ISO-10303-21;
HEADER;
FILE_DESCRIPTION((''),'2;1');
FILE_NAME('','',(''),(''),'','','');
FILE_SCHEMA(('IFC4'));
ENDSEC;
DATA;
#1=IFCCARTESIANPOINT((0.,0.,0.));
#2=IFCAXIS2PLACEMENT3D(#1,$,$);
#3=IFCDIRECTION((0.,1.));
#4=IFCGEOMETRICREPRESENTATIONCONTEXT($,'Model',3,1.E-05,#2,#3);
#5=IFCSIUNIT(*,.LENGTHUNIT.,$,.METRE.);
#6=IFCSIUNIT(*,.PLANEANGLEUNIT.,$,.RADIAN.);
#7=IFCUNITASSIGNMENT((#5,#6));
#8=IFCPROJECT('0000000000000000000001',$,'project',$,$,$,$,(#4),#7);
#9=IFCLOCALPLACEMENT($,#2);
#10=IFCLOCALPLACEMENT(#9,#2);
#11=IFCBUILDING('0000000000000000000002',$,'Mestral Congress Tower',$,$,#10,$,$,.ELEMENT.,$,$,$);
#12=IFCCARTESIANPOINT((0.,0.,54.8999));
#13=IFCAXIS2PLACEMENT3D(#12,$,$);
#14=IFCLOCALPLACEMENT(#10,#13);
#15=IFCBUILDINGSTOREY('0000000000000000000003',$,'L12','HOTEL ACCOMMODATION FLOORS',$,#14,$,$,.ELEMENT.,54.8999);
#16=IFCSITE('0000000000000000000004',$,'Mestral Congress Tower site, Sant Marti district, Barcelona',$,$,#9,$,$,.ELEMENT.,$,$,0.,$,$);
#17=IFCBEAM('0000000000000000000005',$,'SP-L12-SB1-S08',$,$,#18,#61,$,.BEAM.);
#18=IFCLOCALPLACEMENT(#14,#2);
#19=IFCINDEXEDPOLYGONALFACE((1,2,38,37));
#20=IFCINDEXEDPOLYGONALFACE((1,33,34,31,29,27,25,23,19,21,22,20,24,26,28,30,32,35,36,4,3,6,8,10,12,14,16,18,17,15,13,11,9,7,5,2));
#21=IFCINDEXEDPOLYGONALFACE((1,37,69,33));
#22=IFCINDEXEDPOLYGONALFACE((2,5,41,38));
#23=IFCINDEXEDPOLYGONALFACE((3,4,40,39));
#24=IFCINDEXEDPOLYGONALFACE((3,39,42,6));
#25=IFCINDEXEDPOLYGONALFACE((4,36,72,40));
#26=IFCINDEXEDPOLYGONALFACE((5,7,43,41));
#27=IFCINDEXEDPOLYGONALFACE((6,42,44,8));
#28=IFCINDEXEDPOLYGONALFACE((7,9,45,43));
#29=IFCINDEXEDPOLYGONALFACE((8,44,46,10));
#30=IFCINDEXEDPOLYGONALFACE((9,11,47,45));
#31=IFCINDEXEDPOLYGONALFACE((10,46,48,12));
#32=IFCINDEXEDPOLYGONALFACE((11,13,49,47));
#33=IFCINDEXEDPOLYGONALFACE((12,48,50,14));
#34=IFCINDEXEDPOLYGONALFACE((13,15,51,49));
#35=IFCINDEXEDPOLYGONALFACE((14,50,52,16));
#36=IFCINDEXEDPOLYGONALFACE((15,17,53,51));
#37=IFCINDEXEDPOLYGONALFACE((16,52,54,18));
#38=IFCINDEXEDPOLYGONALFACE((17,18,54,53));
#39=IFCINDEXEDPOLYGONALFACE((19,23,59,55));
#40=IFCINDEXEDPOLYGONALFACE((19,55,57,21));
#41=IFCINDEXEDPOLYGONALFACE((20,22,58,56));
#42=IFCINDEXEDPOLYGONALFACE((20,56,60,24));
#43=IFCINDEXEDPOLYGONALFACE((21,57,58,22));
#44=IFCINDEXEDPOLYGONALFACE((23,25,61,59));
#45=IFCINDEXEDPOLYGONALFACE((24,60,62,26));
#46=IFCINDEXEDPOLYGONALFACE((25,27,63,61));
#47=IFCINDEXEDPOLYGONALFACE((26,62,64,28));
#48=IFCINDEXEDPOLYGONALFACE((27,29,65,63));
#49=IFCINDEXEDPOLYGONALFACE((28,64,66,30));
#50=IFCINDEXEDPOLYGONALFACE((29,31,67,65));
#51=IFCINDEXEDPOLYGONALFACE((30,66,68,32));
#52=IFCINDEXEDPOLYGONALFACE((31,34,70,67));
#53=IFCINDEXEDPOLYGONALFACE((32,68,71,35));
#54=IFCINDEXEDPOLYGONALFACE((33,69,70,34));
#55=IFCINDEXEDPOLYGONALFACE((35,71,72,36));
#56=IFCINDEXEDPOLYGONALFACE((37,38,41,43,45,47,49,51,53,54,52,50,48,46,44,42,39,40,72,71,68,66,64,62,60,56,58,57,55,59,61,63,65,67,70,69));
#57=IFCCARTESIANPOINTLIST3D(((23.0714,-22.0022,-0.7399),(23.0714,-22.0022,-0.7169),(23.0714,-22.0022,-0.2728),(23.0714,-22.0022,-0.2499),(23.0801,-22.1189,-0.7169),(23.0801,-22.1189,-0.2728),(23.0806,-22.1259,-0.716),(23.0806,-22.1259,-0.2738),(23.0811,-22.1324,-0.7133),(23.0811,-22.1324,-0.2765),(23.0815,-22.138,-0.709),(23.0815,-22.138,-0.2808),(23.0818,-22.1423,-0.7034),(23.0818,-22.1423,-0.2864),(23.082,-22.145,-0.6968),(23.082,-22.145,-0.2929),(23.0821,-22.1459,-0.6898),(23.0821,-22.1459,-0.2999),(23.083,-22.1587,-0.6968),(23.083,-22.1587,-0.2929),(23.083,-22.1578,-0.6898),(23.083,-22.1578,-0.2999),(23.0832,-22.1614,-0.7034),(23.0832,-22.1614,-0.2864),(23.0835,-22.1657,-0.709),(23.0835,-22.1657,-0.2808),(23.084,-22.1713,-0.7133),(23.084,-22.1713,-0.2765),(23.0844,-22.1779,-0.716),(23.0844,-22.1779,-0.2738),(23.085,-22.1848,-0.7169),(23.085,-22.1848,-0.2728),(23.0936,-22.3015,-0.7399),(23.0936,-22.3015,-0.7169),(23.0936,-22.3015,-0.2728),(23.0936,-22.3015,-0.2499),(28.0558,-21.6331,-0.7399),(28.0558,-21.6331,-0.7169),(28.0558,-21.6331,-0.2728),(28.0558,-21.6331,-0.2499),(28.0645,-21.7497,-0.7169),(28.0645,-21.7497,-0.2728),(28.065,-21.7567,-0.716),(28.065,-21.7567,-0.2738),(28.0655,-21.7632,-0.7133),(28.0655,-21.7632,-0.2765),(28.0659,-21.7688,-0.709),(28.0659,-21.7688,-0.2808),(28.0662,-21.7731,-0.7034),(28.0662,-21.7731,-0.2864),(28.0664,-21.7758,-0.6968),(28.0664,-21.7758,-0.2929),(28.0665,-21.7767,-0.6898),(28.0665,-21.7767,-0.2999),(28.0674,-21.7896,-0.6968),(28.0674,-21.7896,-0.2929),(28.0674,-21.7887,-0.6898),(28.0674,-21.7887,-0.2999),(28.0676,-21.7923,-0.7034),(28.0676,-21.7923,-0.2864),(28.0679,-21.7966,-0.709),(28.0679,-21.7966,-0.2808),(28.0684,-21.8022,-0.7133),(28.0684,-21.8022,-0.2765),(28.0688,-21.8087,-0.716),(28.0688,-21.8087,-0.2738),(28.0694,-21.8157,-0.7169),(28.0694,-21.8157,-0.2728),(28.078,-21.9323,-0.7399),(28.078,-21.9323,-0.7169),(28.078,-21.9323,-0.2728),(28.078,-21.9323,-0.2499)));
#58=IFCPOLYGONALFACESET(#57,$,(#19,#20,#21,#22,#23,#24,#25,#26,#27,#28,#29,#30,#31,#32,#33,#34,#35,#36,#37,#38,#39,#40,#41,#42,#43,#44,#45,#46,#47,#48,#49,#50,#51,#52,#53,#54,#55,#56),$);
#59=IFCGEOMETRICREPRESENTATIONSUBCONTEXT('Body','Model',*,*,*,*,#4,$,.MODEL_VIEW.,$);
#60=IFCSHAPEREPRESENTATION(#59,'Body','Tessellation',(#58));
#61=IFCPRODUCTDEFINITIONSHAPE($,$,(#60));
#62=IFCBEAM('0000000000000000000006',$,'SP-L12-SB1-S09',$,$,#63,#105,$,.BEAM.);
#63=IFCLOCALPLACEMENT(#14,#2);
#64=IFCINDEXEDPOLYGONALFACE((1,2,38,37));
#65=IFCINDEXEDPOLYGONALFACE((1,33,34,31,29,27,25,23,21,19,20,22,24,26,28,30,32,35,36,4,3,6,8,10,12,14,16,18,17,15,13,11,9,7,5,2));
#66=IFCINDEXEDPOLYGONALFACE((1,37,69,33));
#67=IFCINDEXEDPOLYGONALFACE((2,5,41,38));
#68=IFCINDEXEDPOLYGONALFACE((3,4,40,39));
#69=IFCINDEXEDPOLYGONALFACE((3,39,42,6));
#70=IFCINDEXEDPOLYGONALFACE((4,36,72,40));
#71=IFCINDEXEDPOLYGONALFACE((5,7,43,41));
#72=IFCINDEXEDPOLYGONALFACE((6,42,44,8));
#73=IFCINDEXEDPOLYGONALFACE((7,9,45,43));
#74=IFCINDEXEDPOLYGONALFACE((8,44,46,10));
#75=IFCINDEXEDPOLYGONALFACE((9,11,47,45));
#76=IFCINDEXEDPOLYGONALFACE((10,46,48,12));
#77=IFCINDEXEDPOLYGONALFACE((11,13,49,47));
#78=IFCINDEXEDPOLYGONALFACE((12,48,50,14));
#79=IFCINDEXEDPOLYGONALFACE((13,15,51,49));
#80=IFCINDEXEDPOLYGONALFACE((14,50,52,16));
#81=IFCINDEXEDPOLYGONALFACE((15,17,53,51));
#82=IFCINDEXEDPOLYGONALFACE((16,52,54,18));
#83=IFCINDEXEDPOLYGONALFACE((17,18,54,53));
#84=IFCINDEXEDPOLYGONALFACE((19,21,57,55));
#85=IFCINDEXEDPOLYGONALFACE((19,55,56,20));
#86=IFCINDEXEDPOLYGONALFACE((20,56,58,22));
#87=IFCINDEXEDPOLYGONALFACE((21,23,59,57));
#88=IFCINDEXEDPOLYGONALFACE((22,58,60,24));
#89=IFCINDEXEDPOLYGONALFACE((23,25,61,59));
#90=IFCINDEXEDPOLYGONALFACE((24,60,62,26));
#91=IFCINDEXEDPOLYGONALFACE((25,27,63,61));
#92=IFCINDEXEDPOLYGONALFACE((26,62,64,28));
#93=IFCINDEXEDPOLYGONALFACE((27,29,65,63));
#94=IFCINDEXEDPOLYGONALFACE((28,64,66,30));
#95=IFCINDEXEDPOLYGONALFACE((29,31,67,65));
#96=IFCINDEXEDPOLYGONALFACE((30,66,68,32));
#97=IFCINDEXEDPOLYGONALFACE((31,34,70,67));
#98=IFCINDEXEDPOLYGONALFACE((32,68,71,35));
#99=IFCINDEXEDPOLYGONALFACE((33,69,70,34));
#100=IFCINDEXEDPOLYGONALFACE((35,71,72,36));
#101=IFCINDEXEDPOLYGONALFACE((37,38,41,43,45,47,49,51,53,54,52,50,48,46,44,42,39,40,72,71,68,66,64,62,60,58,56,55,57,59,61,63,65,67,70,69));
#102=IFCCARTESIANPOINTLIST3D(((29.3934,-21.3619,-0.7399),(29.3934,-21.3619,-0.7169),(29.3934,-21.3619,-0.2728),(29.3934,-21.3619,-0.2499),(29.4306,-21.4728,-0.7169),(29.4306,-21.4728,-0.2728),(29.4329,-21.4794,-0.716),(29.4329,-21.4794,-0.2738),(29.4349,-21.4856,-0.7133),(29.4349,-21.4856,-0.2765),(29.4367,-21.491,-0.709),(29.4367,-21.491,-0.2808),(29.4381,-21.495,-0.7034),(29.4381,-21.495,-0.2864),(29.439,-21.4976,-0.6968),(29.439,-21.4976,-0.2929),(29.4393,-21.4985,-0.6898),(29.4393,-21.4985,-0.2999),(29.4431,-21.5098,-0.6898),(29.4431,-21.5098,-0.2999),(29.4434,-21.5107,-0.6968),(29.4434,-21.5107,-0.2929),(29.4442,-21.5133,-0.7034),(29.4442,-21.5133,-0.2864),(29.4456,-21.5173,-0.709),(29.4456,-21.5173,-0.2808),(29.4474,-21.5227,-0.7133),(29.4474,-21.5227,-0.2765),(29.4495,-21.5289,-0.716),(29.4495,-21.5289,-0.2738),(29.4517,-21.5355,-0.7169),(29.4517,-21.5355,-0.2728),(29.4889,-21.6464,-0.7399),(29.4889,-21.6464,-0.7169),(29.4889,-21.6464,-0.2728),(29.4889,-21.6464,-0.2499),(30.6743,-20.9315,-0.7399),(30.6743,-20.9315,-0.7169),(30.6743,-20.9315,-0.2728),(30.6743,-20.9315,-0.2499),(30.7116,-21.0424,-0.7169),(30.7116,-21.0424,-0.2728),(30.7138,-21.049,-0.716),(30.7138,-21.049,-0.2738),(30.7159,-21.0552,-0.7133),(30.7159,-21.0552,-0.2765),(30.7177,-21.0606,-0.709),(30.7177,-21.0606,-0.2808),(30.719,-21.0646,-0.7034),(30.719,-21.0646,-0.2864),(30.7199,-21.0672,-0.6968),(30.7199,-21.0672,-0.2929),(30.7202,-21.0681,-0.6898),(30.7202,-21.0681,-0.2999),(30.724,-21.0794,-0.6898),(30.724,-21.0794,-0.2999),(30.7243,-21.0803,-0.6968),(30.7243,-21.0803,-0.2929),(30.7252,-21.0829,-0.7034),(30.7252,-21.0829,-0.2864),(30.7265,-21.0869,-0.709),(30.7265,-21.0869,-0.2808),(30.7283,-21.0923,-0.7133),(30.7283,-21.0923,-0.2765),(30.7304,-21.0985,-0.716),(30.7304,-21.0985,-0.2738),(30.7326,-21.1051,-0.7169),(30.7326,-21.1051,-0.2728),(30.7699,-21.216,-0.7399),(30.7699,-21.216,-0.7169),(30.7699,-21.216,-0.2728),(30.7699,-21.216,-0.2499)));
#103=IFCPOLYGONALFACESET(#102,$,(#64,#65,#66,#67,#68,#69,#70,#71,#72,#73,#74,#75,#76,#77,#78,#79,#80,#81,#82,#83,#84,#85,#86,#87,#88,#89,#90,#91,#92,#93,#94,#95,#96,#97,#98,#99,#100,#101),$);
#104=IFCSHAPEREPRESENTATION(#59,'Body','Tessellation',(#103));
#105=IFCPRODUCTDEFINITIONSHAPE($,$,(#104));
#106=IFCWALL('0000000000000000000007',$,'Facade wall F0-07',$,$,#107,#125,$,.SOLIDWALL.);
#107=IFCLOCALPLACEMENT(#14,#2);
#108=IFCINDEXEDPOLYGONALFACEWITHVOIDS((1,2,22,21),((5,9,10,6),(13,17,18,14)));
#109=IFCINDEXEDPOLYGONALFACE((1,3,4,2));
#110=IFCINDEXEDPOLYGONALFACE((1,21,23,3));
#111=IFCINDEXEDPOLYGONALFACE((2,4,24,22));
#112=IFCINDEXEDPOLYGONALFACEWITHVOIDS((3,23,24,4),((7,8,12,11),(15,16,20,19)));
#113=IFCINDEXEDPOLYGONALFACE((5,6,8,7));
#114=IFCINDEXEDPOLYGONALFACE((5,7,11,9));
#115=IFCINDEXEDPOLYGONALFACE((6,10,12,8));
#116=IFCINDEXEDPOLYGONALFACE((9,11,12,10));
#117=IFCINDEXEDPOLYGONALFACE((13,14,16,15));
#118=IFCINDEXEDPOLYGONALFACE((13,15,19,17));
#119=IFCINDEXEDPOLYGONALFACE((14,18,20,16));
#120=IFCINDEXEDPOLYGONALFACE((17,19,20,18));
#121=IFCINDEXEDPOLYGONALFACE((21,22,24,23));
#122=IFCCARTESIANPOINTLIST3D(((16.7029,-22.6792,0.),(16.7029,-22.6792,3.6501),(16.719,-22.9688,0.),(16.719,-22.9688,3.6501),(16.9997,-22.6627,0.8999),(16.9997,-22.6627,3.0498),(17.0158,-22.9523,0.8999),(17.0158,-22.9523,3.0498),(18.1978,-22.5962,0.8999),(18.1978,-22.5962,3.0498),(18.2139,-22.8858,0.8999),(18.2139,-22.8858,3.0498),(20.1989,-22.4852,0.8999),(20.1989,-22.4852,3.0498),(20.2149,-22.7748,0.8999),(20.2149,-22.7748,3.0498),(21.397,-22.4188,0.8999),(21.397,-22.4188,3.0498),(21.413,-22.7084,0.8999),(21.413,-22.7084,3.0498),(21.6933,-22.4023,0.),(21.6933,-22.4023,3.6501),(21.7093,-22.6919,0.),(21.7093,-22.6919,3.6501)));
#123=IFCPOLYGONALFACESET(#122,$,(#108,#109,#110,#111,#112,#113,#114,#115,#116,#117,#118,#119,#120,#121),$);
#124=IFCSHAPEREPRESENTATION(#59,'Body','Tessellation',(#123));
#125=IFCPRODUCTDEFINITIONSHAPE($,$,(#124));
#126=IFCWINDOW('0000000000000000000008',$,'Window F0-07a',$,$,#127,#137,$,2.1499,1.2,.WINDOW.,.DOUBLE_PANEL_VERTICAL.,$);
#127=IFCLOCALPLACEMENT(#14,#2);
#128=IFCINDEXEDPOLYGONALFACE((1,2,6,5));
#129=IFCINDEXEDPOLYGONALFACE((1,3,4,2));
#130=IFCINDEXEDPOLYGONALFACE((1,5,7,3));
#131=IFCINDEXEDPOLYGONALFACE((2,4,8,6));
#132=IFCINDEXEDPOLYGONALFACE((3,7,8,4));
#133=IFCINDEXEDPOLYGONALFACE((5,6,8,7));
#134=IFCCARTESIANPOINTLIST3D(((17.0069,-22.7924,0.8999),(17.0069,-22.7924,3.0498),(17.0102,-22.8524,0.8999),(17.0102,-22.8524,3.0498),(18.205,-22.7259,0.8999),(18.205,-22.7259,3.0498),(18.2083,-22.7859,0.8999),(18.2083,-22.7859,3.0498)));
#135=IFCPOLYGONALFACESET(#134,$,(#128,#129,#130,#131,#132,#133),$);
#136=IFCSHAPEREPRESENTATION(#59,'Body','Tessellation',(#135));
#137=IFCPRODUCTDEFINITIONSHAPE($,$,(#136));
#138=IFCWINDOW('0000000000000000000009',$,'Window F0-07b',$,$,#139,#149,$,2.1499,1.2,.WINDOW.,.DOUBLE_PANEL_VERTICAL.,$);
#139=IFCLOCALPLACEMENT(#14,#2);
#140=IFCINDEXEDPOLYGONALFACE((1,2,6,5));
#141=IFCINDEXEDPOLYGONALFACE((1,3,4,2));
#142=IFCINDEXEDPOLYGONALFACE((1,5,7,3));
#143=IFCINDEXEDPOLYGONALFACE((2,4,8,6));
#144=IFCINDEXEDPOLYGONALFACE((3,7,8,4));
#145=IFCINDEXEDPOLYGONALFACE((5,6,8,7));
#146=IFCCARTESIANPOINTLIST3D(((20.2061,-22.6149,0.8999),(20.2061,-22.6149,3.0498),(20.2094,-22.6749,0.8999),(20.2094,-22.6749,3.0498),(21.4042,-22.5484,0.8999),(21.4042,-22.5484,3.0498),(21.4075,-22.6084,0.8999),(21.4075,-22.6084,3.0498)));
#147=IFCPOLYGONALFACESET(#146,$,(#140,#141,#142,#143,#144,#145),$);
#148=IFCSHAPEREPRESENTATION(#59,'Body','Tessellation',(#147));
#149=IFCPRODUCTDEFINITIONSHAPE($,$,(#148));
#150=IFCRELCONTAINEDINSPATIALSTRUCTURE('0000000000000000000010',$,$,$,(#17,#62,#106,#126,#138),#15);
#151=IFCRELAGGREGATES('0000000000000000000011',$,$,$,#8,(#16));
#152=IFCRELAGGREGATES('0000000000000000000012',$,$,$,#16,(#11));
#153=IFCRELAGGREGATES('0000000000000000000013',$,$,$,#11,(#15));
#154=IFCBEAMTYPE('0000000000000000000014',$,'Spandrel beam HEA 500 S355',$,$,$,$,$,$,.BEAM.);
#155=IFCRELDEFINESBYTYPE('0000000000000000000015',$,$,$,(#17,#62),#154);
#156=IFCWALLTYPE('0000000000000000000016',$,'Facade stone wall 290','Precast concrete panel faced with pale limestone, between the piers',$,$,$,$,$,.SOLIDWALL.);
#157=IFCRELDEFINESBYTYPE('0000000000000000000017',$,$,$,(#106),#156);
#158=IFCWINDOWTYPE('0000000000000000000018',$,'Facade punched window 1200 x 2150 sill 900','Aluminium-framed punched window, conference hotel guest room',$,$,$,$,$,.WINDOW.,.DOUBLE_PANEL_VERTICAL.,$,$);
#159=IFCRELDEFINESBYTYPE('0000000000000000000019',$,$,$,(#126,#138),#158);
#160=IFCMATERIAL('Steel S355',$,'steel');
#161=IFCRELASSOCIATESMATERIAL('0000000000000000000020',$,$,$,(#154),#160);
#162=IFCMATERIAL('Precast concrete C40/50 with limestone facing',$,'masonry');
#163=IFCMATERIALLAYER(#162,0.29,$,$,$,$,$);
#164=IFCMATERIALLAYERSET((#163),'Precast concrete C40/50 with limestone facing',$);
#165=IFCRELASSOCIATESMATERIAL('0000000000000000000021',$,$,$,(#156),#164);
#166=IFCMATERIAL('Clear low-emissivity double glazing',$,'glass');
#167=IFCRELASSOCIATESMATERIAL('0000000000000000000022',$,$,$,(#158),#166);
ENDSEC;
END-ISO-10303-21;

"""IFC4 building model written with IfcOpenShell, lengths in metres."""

from ifc_helpers import new_model, si_unit, direction, frame, frame_2d, origin, origin_2d, place, context, subcontext, project, spatial, rectangle, i_section, extrude, material, layer, layer_set, material_profile, profile_set, type_object, element, fill, save


model = new_model("IFC4")

# Units and contexts
model_context = context("Model", 3, precision=1e-05, world=origin(), true_north=direction((0.0, 1.0)))
body_context = subcontext(model_context, "Body", "Model", "MODEL_VIEW")
ifc_project = project(units=[si_unit("LENGTHUNIT", "METRE"), si_unit("PLANEANGLEUNIT", "RADIAN")], contexts=[model_context])

# Site, building, storey
site_placement = place(None, origin())
site = spatial("IfcSite", under=ifc_project, at=site_placement, Name="Mestral Congress Tower site, Sant Marti district, Barcelona", CompositionType="ELEMENT", RefElevation=0.0)
building_placement = place(site_placement, origin())
building = spatial("IfcBuilding", under=site, at=building_placement, Name="Mestral Congress Tower", CompositionType="ELEMENT")
storey_placement = place(building_placement, frame((0.0, 0.0, 54.8999)))
storey = spatial("IfcBuildingStorey", under=building, at=storey_placement, Name="L12", Description="HOTEL ACCOMMODATION FLOORS", CompositionType="ELEMENT", Elevation=54.8999)

# Beams
ifc_material_1 = material(Name="Steel S355", Category="steel")
ifc_material_profile_1 = material_profile(ifc_material_1, i_section(OverallWidth=0.3, OverallDepth=0.49, WebThickness=0.012, FlangeThickness=0.0229, FilletRadius=0.0271, at=origin_2d()), Name="HEA 500")
ifc_profile_set_1 = profile_set([ifc_material_profile_1], Name="Steel S355")
beam_type_1 = type_object("IfcBeamType", Name="Spandrel beam HEA 500 S355", PredefinedType="BEAM", material=ifc_profile_set_1)
beam_1_placement = place(storey_placement, frame((23.0825, -22.1519, -0.4949), z_axis=(0.997269, 0.073857, 0.0), x_axis=(-0.073857, 0.997269, 0.0)))
element("IfcBeam", 1, at=beam_1_placement, inside=storey, type_object=beam_type_1, Name="SP-L12-SB1-S08", PredefinedType="BEAM", context=body_context, shape_type="SweptSolid", body=[
    extrude(i_section(OverallWidth=0.3, OverallDepth=0.49, WebThickness=0.012, FlangeThickness=0.0229, FilletRadius=0.0271, at=origin_2d()), origin(), (0.0, 0.0, 1.0), 4.998),
])
beam_2_placement = place(storey_placement, frame((29.4412, -21.5042, -0.4949), z_axis=(0.947922, 0.318503, 0.0), x_axis=(-0.318503, 0.947922, 0.0)))
element("IfcBeam", 2, at=beam_2_placement, inside=storey, type_object=beam_type_1, Name="SP-L12-SB1-S09", PredefinedType="BEAM", context=body_context, shape_type="SweptSolid", body=[
    extrude(i_section(OverallWidth=0.3, OverallDepth=0.49, WebThickness=0.012, FlangeThickness=0.0229, FilletRadius=0.0271, at=origin_2d()), origin(), (0.0, 0.0, 1.0), 1.3513),
])

# Wall, openings, windows
ifc_material_2 = material(Name="Precast concrete C40/50 with limestone facing", Category="masonry")
ifc_layer_1 = layer(ifc_material_2, 0.29)
ifc_layer_set_1 = layer_set([ifc_layer_1], Name="Precast concrete C40/50 with limestone facing")
wall_type_1 = type_object("IfcWallType", Name="Facade stone wall 290", Description="Precast concrete panel faced with pale limestone, between the piers", PredefinedType="SOLIDWALL", material=ifc_layer_set_1)
wall_1_placement = place(storey_placement, frame((16.7109, -22.824, 0.0), z_axis=(0.0, 0.0, 1.0), x_axis=(0.998465, 0.055392, 0.0)))
wall_1 = element("IfcWall", 3, at=wall_1_placement, inside=storey, type_object=wall_type_1, Name="Facade wall F0-07", PredefinedType="SOLIDWALL", context=body_context, shape_type="SweptSolid", body=[
    extrude(rectangle(XDim=4.998, YDim=0.29, at=frame_2d((2.499, 0.0))), origin(), (0.0, 0.0, 1.0), 3.6501),
])
opening_1_placement = place(wall_1_placement, frame((0.2971, 0.0, 0.8999)))
opening_1 = element("IfcOpeningElement", 4, at=opening_1_placement, cuts=wall_1, PredefinedType="OPENING", context=body_context, shape_type="SweptSolid", body=[
    extrude(rectangle(XDim=1.2, YDim=2.1499, at=frame_2d((0.6001, 1.075))), frame((0.0, 0.155, 0.0), z_axis=(0.0, -1.0, 0.0), x_axis=(1.0, 0.0, 0.0)), (0.0, 0.0, 1.0), 0.3101),
])
opening_2_placement = place(wall_1_placement, frame((3.5012, 0.0, 0.8999)))
opening_2 = element("IfcOpeningElement", 5, at=opening_2_placement, cuts=wall_1, PredefinedType="OPENING", context=body_context, shape_type="SweptSolid", body=[
    extrude(rectangle(XDim=1.2, YDim=2.1499, at=frame_2d((0.6001, 1.075))), frame((0.0, 0.155, 0.0), z_axis=(0.0, -1.0, 0.0), x_axis=(1.0, 0.0, 0.0)), (0.0, 0.0, 1.0), 0.3101),
])
ifc_material_3 = material(Name="Clear low-emissivity double glazing", Category="glass")
window_type_1 = type_object("IfcWindowType", Name="Facade punched window 1200 x 2150 sill 900", Description="Aluminium-framed punched window, conference hotel guest room", PartitioningType="DOUBLE_PANEL_VERTICAL", PredefinedType="WINDOW", material=ifc_material_3)
window_1_placement = place(opening_1_placement, origin())
window_1 = element("IfcWindow", 6, at=window_1_placement, inside=storey, type_object=window_type_1, Name="Window F0-07a", OverallHeight=2.1499, OverallWidth=1.2, PartitioningType="DOUBLE_PANEL_VERTICAL", PredefinedType="WINDOW", context=body_context, shape_type="SweptSolid", body=[
    extrude(rectangle(XDim=1.2, YDim=2.1499, at=frame_2d((0.6001, 1.075))), frame((0.0, 0.0151, 0.0), z_axis=(0.0, -1.0, 0.0), x_axis=(1.0, 0.0, 0.0)), (0.0, 0.0, 1.0), 0.0601),
])
fill(opening_1, window_1)
window_2_placement = place(opening_2_placement, origin())
window_2 = element("IfcWindow", 7, at=window_2_placement, inside=storey, type_object=window_type_1, Name="Window F0-07b", OverallHeight=2.1499, OverallWidth=1.2, PartitioningType="DOUBLE_PANEL_VERTICAL", PredefinedType="WINDOW", context=body_context, shape_type="SweptSolid", body=[
    extrude(rectangle(XDim=1.2, YDim=2.1499, at=frame_2d((0.6001, 1.075))), frame((0.0, 0.0151, 0.0), z_axis=(0.0, -1.0, 0.0), x_axis=(1.0, 0.0, 0.0)), (0.0, 0.0, 1.0), 0.0601),
])
fill(opening_2, window_2)

save(model, "model.ifc")
